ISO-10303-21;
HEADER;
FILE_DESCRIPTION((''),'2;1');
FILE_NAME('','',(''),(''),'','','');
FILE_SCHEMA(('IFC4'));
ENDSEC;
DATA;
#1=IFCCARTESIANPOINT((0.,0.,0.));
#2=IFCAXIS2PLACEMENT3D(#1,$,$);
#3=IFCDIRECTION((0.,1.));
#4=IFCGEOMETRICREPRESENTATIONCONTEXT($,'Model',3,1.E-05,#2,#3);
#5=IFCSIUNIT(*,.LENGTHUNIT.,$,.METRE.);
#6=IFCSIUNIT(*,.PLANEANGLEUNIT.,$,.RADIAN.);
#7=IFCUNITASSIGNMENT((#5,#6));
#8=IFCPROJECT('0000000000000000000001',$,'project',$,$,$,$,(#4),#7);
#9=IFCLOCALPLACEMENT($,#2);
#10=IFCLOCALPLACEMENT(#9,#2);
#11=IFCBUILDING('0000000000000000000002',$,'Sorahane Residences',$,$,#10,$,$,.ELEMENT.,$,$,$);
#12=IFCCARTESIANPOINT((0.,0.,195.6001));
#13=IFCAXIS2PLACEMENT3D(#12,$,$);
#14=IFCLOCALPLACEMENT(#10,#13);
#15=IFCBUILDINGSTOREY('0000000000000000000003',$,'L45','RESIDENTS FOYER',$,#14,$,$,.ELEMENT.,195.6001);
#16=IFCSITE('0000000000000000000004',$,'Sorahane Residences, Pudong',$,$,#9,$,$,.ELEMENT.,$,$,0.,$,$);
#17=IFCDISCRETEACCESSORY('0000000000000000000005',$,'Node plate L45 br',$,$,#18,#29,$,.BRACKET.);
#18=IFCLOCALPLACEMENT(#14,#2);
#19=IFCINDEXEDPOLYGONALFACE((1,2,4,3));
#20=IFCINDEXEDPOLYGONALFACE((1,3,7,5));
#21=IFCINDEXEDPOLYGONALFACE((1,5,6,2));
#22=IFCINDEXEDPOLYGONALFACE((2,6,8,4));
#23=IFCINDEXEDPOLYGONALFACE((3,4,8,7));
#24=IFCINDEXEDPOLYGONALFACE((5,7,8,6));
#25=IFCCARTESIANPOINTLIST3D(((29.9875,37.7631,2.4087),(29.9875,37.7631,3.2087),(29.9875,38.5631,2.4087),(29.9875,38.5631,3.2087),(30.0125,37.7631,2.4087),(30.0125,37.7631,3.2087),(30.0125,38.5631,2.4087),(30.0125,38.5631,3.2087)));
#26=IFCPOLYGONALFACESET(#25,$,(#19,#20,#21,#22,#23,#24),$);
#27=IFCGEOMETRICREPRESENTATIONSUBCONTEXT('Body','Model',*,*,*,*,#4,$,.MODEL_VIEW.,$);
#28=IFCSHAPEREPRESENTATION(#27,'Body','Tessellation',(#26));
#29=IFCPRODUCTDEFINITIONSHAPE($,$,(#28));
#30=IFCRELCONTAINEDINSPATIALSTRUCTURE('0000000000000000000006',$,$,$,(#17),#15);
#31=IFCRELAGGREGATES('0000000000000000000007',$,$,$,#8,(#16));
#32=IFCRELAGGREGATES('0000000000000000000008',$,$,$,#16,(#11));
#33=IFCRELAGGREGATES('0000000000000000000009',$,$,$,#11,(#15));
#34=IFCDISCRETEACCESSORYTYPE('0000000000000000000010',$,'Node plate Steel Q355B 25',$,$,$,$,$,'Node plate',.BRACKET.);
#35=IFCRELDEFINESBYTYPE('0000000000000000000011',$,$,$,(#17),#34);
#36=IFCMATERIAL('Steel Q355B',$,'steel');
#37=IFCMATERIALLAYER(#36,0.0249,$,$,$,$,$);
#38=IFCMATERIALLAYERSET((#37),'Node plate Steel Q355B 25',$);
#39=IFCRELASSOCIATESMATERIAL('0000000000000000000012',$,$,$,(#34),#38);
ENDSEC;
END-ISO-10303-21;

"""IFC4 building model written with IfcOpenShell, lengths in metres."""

from ifc_helpers import new_model, si_unit, direction, frame, origin, origin_2d, place, context, subcontext, project, spatial, rectangle, extrude, material, layer, layer_set, type_object, element, save


model = new_model("IFC4")

# Units and contexts
model_context = context("Model", 3, precision=1e-05, world=origin(), true_north=direction((0.0, 1.0)))
body_context = subcontext(model_context, "Body", "Model", "MODEL_VIEW")
ifc_project = project(units=[si_unit("LENGTHUNIT", "METRE"), si_unit("PLANEANGLEUNIT", "RADIAN")], contexts=[model_context])

# Site, building, storey
site_placement = place(None, origin())
site = spatial("IfcSite", under=ifc_project, at=site_placement, Name="Sorahane Residences, Pudong", CompositionType="ELEMENT", RefElevation=0.0)
building_placement = place(site_placement, origin())
building = spatial("IfcBuilding", under=site, at=building_placement, Name="Sorahane Residences", CompositionType="ELEMENT")
storey_placement = place(building_placement, frame((0.0, 0.0, 195.6001)))
storey = spatial("IfcBuildingStorey", under=building, at=storey_placement, Name="L45", Description="RESIDENTS FOYER", CompositionType="ELEMENT", Elevation=195.6001)

# Discrete accessory
ifc_material_1 = material(Name="Steel Q355B", Category="steel")
ifc_layer_1 = layer(ifc_material_1, 0.0249)
ifc_layer_set_1 = layer_set([ifc_layer_1], Name="Node plate Steel Q355B 25")
discrete_accessory_type = type_object("IfcDiscreteAccessoryType", Name="Node plate Steel Q355B 25", ElementType="Node plate", PredefinedType="BRACKET", material=ifc_layer_set_1)
discrete_accessory_placement = place(storey_placement, frame((30.0, 38.1631, 2.4087), z_axis=(0.0, 0.0, 1.0), x_axis=(0.0, 1.0, 0.0)))
element("IfcDiscreteAccessory", 1, at=discrete_accessory_placement, inside=storey, type_object=discrete_accessory_type, Name="Node plate L45 br", PredefinedType="BRACKET", context=body_context, shape_type="SweptSolid", body=[
    extrude(rectangle(XDim=0.8, YDim=0.0249, at=origin_2d()), origin(), (0.0, 0.0, 1.0), 0.8),
])

save(model, "model.ifc")
